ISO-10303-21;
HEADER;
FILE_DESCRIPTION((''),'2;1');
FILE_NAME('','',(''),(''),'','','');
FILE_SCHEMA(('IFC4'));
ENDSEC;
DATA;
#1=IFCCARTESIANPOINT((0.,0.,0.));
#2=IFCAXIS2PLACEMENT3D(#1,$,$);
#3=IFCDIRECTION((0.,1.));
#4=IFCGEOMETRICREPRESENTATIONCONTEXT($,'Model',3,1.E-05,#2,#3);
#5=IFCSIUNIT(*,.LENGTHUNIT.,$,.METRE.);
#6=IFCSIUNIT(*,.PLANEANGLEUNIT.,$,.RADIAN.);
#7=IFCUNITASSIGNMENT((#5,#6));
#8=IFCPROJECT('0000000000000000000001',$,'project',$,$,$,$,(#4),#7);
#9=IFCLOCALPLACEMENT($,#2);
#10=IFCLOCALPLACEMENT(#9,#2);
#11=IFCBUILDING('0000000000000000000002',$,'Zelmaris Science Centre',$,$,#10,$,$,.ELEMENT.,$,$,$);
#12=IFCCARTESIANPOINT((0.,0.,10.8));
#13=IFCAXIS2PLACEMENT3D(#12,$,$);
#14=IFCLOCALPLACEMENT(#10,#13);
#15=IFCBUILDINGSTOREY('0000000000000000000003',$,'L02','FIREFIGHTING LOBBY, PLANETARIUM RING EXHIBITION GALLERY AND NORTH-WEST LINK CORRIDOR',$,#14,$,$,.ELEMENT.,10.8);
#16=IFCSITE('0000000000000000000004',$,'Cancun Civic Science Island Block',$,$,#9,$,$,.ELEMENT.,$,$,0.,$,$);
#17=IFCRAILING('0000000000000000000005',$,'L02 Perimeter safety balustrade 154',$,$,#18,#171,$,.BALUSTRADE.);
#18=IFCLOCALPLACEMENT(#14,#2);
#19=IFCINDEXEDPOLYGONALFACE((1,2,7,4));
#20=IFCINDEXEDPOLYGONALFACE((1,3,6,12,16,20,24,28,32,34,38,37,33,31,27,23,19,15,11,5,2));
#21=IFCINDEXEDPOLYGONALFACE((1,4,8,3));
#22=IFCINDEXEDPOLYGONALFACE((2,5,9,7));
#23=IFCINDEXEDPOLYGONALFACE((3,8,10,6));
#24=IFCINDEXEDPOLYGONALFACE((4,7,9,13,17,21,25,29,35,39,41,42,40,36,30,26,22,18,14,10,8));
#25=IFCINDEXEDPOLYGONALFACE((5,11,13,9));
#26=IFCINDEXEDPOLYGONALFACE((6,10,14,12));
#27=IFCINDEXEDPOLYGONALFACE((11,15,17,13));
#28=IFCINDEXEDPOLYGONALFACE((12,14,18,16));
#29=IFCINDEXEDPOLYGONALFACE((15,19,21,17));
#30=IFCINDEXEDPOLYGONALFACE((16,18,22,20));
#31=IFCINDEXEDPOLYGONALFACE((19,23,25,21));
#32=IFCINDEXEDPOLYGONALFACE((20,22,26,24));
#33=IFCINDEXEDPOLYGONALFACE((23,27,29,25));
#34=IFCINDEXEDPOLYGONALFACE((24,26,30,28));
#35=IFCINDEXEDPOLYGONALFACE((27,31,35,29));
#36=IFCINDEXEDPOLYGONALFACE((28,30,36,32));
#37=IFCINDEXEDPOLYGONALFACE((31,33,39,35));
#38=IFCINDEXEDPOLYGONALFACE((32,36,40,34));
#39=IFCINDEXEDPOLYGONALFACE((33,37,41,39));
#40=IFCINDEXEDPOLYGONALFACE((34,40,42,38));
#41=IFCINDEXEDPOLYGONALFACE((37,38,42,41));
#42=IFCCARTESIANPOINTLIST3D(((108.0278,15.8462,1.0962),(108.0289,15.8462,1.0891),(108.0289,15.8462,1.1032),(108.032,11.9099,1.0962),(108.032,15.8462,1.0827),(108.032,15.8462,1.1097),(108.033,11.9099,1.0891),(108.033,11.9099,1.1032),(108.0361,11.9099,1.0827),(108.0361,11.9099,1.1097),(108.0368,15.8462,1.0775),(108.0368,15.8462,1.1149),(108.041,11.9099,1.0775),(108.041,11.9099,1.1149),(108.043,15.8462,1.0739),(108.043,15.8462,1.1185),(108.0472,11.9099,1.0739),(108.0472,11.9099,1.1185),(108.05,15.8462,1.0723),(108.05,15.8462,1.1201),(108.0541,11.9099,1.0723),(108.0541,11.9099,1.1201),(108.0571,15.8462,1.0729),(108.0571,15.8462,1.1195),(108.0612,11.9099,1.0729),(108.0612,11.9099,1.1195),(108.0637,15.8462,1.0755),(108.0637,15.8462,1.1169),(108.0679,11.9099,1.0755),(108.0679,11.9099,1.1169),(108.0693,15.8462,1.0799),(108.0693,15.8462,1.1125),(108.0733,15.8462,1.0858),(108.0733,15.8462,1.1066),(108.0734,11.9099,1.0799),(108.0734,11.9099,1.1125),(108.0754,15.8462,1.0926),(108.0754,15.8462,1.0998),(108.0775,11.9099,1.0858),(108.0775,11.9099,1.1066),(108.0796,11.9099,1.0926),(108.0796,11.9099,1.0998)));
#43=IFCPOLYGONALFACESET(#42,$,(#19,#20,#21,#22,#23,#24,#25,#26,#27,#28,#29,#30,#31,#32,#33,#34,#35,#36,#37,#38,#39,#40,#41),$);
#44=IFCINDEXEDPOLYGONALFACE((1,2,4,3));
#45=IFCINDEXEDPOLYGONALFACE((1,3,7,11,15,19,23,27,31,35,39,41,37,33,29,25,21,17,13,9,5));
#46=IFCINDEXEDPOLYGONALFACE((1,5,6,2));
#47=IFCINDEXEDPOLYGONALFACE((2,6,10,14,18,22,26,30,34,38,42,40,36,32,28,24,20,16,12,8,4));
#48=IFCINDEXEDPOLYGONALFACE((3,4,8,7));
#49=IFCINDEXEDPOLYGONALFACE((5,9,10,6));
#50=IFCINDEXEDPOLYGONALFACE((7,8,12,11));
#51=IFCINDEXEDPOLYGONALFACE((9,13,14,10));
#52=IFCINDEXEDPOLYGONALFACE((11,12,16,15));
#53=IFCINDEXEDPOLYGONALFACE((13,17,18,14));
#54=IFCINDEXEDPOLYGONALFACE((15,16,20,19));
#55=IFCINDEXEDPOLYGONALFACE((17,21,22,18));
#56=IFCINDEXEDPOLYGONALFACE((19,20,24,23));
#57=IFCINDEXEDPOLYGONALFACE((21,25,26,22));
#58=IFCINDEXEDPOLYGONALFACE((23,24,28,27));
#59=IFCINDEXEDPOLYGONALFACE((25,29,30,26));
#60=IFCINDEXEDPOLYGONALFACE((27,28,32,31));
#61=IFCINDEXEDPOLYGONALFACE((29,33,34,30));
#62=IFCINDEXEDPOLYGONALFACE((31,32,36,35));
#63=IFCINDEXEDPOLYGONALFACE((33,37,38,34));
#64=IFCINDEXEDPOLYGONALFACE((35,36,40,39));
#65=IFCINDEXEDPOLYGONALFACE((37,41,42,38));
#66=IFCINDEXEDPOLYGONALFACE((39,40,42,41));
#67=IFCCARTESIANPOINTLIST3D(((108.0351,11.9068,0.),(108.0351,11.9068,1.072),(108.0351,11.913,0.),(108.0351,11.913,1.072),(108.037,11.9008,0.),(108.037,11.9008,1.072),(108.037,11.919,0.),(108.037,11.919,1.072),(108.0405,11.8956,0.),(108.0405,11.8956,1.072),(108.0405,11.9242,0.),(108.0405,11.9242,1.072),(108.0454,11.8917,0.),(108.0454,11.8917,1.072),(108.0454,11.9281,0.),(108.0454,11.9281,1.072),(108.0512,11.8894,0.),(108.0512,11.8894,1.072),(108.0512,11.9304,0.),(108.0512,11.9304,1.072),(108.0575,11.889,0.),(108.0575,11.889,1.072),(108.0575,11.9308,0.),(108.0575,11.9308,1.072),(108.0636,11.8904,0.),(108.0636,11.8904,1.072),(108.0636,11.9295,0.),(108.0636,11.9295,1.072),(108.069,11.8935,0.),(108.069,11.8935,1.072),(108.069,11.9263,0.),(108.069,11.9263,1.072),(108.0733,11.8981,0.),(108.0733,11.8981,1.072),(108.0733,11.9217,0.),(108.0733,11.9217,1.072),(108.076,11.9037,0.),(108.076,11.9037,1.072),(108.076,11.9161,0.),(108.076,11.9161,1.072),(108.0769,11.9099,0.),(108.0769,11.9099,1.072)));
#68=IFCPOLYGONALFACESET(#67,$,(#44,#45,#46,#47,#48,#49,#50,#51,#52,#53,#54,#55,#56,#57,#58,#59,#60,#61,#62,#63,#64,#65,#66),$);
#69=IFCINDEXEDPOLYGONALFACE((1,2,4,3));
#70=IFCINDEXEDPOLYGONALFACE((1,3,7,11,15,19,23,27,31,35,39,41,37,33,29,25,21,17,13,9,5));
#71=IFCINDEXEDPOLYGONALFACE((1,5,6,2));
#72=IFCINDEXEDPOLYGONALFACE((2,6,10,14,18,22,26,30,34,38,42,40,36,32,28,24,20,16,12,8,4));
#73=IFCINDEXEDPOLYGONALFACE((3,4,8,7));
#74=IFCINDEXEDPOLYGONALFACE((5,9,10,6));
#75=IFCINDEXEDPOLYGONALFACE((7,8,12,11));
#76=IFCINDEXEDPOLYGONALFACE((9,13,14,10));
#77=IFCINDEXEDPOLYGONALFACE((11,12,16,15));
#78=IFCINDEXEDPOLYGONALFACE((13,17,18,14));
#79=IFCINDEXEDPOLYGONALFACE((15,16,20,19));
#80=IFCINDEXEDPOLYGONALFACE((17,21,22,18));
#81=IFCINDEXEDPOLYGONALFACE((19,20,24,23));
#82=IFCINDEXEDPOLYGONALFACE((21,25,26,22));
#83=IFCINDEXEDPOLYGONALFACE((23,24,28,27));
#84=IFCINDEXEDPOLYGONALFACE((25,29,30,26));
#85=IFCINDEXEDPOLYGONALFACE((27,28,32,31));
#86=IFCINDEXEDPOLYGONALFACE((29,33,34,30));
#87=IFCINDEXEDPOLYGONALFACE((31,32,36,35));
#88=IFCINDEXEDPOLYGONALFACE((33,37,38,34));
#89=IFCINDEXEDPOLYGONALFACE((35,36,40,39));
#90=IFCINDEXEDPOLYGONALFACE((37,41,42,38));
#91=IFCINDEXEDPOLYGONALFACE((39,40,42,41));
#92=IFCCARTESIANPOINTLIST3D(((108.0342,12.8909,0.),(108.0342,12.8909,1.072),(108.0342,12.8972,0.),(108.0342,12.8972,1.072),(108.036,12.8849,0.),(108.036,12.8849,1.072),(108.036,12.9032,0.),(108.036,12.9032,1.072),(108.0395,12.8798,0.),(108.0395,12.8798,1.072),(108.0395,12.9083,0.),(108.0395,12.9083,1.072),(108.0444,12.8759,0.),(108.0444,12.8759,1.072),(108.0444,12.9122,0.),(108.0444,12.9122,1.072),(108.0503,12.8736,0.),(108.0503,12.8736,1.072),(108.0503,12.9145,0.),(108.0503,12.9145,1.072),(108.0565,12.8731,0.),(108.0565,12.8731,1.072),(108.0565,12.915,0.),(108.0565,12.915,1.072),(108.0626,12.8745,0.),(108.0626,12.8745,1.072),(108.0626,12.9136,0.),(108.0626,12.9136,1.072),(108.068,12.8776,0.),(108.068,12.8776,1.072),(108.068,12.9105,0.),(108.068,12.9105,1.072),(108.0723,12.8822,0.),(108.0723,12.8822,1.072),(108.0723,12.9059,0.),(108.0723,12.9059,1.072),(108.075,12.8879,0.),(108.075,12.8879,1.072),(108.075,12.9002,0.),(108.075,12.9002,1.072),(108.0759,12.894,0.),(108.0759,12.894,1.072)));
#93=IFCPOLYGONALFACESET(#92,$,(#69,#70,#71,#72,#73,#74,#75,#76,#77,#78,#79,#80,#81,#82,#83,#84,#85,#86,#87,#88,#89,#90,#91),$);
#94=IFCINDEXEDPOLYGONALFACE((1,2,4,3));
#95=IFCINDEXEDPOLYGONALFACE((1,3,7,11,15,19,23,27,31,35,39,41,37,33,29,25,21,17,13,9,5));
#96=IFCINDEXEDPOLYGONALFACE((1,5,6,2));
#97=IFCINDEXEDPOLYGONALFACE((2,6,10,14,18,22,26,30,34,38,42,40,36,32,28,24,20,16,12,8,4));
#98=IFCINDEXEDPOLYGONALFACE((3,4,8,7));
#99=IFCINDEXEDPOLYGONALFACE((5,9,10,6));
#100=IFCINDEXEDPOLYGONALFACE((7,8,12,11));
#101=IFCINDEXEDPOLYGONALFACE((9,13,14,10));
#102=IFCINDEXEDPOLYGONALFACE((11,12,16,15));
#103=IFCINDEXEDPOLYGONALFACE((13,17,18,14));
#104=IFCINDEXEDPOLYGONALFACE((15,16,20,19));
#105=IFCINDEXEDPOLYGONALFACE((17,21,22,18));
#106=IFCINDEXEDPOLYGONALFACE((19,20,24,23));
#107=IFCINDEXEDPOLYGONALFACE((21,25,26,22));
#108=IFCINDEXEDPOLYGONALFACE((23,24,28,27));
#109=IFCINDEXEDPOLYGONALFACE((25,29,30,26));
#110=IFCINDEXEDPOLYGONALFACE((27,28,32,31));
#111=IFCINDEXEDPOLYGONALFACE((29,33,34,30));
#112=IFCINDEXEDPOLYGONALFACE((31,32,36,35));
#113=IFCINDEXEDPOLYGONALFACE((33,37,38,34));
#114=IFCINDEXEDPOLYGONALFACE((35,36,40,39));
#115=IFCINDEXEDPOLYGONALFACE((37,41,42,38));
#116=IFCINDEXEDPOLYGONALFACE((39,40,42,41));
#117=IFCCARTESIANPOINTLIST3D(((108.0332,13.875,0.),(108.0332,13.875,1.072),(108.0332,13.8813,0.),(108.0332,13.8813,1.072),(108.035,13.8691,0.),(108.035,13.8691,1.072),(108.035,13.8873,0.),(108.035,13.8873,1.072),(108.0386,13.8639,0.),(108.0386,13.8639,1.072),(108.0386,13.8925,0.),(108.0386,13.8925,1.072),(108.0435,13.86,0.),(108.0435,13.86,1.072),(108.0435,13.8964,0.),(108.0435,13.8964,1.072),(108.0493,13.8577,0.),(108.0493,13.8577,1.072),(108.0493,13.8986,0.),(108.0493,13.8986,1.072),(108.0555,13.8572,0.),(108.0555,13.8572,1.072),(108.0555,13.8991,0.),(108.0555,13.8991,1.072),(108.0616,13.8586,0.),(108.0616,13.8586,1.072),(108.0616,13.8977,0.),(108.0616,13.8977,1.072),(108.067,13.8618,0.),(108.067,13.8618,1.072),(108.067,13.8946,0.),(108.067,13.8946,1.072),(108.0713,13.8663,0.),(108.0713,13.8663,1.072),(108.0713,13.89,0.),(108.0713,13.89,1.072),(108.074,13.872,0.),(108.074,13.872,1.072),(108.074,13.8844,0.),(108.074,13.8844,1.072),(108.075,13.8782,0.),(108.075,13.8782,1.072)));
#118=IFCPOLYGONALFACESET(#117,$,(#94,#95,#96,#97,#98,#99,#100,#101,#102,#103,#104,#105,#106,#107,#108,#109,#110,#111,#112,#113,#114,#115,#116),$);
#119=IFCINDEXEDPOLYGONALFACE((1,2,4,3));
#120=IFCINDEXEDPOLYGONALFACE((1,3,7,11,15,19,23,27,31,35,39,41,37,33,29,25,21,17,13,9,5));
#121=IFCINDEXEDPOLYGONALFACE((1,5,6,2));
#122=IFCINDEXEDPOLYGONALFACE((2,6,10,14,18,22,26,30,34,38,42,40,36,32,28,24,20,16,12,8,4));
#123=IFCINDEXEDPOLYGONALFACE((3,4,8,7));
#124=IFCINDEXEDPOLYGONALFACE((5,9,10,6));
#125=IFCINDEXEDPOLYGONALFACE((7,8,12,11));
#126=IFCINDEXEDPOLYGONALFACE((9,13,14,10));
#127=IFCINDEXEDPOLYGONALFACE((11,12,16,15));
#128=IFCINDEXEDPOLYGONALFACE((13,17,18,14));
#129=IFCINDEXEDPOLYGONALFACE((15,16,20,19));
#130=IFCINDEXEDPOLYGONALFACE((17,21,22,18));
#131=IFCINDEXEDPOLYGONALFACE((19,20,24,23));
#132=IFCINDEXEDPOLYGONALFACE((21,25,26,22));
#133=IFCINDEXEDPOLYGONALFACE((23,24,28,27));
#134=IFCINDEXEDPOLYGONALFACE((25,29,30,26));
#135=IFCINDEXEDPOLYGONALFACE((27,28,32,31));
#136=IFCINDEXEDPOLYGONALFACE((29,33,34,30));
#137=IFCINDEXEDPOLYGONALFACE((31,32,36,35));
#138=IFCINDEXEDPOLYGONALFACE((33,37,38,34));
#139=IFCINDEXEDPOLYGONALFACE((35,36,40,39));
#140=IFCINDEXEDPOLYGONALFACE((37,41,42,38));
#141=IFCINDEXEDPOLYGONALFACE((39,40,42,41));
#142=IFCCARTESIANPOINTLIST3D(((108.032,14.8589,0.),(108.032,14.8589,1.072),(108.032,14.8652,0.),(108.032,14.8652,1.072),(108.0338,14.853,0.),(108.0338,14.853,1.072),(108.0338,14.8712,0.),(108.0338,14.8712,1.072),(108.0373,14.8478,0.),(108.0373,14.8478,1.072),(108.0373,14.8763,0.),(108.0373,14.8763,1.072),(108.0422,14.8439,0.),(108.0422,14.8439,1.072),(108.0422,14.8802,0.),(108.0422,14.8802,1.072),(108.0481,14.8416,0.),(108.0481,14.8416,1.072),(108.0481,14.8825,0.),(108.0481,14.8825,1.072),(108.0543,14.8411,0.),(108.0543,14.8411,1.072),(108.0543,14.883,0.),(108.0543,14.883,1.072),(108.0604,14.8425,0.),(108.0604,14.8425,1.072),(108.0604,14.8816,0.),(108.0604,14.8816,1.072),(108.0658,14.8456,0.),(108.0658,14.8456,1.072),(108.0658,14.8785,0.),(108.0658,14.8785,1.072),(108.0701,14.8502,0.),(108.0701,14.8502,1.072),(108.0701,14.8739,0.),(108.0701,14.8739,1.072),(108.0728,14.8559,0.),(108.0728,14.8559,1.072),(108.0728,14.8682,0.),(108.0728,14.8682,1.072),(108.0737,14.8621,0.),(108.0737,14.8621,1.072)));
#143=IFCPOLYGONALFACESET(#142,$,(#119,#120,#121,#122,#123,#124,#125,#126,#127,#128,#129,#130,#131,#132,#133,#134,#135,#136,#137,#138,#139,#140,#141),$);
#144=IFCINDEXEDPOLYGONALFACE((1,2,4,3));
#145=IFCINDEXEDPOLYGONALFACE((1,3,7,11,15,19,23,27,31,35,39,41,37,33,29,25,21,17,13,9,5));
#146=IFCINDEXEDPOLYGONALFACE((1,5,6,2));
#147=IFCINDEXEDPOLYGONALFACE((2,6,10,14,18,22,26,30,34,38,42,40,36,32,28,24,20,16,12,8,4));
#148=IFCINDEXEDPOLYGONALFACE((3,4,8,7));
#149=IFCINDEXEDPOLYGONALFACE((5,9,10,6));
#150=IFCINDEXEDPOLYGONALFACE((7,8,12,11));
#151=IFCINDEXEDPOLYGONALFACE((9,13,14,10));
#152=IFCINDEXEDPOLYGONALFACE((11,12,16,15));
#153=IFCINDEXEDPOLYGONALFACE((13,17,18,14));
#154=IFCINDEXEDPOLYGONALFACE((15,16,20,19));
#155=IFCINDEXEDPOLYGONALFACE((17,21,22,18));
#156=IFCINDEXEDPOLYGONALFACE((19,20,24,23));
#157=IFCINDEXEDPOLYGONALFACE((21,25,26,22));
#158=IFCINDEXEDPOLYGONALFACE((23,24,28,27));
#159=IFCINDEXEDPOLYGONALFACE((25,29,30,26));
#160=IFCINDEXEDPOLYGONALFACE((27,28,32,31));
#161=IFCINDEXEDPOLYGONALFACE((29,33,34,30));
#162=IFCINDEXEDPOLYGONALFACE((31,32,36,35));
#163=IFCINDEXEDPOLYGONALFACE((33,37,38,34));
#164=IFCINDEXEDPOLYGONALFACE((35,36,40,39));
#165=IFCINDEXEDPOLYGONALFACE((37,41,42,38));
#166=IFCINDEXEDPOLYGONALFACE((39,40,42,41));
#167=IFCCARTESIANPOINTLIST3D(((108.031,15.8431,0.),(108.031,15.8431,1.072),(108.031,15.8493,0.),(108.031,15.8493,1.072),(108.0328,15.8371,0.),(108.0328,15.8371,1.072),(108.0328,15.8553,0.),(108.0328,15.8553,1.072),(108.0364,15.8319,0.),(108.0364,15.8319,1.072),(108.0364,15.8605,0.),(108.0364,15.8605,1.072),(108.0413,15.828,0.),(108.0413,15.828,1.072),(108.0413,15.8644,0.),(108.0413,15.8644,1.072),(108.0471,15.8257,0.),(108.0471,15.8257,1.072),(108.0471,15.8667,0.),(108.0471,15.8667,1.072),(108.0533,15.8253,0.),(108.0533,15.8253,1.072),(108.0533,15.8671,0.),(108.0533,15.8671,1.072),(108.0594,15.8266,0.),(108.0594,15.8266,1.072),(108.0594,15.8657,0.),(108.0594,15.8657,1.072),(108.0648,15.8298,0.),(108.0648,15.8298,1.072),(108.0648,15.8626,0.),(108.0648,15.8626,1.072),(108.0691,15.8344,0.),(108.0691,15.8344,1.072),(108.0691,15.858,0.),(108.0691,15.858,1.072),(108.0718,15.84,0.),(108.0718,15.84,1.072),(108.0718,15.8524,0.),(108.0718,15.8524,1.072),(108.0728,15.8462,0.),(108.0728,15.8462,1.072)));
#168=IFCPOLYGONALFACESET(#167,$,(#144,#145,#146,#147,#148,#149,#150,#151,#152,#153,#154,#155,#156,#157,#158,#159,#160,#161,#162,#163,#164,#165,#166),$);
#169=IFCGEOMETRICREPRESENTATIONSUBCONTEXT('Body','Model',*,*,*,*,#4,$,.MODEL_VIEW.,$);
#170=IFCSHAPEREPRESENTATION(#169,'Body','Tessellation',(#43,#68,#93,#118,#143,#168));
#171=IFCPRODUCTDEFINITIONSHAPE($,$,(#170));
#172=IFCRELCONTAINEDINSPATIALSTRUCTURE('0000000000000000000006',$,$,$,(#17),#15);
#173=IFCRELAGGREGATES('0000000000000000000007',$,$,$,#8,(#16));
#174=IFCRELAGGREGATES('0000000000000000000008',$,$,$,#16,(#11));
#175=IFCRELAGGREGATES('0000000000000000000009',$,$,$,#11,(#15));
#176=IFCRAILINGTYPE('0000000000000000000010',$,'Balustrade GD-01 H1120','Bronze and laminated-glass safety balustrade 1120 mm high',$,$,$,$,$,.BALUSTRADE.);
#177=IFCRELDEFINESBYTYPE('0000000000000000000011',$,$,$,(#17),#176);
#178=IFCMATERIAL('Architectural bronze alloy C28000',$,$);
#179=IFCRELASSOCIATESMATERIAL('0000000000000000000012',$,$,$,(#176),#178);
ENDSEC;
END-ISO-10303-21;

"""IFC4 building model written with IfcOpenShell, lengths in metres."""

from ifc_helpers import new_model, si_unit, direction, frame, origin, origin_2d, place, context, subcontext, project, spatial, circle, extrude, material, type_object, element, save


model = new_model("IFC4")

# Units and contexts
model_context = context("Model", 3, precision=1e-05, world=origin(), true_north=direction((0.0, 1.0)))
body_context = subcontext(model_context, "Body", "Model", "MODEL_VIEW")
ifc_project = project(units=[si_unit("LENGTHUNIT", "METRE"), si_unit("PLANEANGLEUNIT", "RADIAN")], contexts=[model_context])

# Site, building, storey
site_placement = place(None, origin())
site = spatial("IfcSite", under=ifc_project, at=site_placement, Name="Cancun Civic Science Island Block", CompositionType="ELEMENT", RefElevation=0.0)
building_placement = place(site_placement, origin())
building = spatial("IfcBuilding", under=site, at=building_placement, Name="Zelmaris Science Centre", CompositionType="ELEMENT")
storey_placement = place(building_placement, frame((0.0, 0.0, 10.8)))
storey = spatial("IfcBuildingStorey", under=building, at=storey_placement, Name="L02", Description="FIREFIGHTING LOBBY, PLANETARIUM RING EXHIBITION GALLERY AND NORTH-WEST LINK CORRIDOR", CompositionType="ELEMENT", Elevation=10.8)

# Railing
ifc_material_1 = material(Name="Architectural bronze alloy C28000")
railing_type = type_object("IfcRailingType", Name="Balustrade GD-01 H1120", Description="Bronze and laminated-glass safety balustrade 1120 mm high", PredefinedType="BALUSTRADE", material=ifc_material_1)
railing_placement = place(storey_placement, frame((108.0559, 11.9099, 0.0)))
element("IfcRailing", 1, at=railing_placement, inside=storey, type_object=railing_type, Name="L02 Perimeter safety balustrade 154", PredefinedType="BALUSTRADE", context=body_context, shape_type="SweptSolid", body=[
    extrude(circle(Radius=0.0239, at=origin_2d()), frame((0.0, 0.0, 1.0962), z_axis=(-0.001054, 0.999999, 0.0), x_axis=(-0.999999, -0.001054, 0.0)), (0.0, 0.0, 1.0), 3.9363),
    extrude(circle(Radius=0.021, at=origin_2d()), origin(), (0.0, 0.0, 1.0), 1.072),
    extrude(circle(Radius=0.021, at=origin_2d()), frame((-0.001, 0.9841, 0.0)), (0.0, 0.0, 1.0), 1.072),
    extrude(circle(Radius=0.021, at=origin_2d()), frame((-0.002, 1.9683, 0.0)), (0.0, 0.0, 1.0), 1.072),
    extrude(circle(Radius=0.021, at=origin_2d()), frame((-0.0032, 2.9521, 0.0)), (0.0, 0.0, 1.0), 1.072),
    extrude(circle(Radius=0.021, at=origin_2d()), frame((-0.0042, 3.9363, 0.0)), (0.0, 0.0, 1.0), 1.072),
])

save(model, "model.ifc")
